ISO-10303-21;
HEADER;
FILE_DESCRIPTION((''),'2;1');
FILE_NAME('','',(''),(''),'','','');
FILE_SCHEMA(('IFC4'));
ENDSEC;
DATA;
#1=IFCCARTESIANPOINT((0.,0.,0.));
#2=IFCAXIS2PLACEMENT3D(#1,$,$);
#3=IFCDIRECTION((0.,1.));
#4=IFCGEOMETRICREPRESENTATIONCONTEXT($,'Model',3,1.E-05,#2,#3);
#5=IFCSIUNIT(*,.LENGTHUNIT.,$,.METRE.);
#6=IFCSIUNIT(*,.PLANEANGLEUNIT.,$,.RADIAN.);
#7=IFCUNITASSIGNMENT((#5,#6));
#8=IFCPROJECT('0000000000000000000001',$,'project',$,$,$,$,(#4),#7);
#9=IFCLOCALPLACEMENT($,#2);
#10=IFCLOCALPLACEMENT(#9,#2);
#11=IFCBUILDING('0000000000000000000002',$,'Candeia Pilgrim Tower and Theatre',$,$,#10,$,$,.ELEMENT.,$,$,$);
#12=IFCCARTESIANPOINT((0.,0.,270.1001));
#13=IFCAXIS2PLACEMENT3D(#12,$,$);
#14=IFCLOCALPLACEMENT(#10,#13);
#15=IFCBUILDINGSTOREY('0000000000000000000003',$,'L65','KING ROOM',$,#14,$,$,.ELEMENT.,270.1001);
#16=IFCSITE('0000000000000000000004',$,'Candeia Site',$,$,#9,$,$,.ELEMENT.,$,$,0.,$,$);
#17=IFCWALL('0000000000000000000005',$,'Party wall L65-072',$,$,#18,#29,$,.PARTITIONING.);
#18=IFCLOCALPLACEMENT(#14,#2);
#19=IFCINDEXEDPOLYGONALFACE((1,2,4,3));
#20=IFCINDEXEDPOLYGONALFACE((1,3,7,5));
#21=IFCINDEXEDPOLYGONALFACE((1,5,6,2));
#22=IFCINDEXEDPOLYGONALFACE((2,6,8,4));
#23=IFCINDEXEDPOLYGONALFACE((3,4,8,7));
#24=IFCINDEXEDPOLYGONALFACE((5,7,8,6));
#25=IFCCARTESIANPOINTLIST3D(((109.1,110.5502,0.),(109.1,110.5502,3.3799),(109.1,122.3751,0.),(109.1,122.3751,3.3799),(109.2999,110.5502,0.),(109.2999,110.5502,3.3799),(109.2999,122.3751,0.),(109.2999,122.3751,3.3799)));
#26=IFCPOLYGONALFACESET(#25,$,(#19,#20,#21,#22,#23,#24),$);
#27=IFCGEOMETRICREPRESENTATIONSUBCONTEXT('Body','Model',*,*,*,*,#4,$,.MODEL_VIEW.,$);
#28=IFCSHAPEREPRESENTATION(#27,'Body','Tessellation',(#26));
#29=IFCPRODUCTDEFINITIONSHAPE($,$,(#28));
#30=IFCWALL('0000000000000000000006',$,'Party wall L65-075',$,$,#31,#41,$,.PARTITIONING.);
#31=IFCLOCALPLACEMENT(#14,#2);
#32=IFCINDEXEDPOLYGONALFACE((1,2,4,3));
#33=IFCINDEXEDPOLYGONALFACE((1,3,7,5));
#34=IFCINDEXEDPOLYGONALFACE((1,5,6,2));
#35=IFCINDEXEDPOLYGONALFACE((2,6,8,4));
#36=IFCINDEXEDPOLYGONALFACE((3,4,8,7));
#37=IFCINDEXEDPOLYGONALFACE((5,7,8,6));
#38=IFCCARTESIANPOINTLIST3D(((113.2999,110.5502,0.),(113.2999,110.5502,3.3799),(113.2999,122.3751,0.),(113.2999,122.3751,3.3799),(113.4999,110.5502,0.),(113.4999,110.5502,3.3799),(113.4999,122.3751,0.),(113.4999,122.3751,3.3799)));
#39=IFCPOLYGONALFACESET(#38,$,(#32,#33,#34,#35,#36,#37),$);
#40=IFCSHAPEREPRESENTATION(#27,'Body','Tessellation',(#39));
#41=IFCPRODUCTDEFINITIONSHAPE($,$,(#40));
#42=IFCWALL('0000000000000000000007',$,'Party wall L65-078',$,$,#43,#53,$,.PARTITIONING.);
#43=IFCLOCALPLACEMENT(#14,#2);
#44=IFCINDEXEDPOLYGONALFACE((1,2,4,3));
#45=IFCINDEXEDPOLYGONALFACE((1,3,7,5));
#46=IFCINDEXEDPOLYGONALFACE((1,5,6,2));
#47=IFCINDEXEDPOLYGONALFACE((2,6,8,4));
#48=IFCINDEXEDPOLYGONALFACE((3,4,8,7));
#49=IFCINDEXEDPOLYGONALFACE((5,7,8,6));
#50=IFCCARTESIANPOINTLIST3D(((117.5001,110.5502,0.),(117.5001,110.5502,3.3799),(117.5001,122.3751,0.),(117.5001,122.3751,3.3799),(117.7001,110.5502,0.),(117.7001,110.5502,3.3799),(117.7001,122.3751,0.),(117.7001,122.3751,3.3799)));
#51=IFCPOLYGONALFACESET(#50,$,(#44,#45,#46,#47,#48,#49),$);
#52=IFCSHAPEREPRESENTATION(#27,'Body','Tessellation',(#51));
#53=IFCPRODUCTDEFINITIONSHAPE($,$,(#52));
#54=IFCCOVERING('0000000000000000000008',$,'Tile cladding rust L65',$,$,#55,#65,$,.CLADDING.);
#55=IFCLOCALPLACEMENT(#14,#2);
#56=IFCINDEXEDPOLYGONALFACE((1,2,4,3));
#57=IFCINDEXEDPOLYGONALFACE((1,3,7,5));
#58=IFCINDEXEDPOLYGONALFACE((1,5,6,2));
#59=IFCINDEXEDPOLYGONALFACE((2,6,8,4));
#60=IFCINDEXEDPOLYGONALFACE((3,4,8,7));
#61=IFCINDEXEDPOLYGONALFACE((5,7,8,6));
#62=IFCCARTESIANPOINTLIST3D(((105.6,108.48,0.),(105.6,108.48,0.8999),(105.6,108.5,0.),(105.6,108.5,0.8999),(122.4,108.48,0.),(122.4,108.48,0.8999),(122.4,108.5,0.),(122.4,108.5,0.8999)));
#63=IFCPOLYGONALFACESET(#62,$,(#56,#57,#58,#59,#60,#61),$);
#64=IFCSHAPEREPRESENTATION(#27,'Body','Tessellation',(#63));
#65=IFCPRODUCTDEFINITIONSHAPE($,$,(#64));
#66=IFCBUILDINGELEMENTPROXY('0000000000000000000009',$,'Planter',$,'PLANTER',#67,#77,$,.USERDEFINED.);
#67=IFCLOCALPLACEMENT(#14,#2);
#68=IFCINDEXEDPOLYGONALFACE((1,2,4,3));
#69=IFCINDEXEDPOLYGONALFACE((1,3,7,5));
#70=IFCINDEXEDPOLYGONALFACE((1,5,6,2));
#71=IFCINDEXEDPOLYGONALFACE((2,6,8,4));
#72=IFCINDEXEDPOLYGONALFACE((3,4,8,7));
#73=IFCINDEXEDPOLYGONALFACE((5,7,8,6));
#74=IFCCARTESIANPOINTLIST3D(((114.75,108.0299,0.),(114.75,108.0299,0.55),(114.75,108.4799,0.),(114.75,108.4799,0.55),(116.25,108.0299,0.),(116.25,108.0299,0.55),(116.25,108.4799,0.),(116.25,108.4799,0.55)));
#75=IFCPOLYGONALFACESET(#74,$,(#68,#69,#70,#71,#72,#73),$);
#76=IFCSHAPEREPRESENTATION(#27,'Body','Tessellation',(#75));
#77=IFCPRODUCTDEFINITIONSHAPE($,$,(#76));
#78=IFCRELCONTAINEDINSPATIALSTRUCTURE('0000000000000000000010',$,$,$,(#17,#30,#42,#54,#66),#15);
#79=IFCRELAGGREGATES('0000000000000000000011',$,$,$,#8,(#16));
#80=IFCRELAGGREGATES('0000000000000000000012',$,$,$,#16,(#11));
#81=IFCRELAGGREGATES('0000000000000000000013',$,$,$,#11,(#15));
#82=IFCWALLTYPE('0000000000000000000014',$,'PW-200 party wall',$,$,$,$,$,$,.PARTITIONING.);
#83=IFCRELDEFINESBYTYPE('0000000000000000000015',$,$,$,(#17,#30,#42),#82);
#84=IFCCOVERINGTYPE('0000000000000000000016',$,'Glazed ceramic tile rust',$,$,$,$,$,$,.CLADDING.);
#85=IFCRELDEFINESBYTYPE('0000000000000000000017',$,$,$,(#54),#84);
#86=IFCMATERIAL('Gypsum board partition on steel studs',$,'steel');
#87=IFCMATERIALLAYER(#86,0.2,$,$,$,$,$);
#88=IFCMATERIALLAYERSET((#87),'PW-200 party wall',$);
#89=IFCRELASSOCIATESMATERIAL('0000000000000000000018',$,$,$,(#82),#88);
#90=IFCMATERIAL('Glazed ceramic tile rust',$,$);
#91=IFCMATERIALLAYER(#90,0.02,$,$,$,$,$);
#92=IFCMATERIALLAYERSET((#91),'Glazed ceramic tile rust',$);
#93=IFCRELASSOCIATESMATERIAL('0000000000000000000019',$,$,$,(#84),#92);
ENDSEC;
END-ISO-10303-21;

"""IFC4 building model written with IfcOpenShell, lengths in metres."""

from ifc_helpers import new_model, si_unit, direction, frame, frame_2d, origin, origin_2d, place, context, subcontext, project, spatial, rectangle, extrude, material, layer, layer_set, type_object, element, save


model = new_model("IFC4")

# Units and contexts
model_context = context("Model", 3, precision=1e-05, world=origin(), true_north=direction((0.0, 1.0)))
body_context = subcontext(model_context, "Body", "Model", "MODEL_VIEW")
ifc_project = project(units=[si_unit("LENGTHUNIT", "METRE"), si_unit("PLANEANGLEUNIT", "RADIAN")], contexts=[model_context])

# Site, building, storey
site_placement = place(None, origin())
site = spatial("IfcSite", under=ifc_project, at=site_placement, Name="Candeia Site", CompositionType="ELEMENT", RefElevation=0.0)
building_placement = place(site_placement, origin())
building = spatial("IfcBuilding", under=site, at=building_placement, Name="Candeia Pilgrim Tower and Theatre", CompositionType="ELEMENT")
storey_placement = place(building_placement, frame((0.0, 0.0, 270.1001)))
storey = spatial("IfcBuildingStorey", under=building, at=storey_placement, Name="L65", Description="KING ROOM", CompositionType="ELEMENT", Elevation=270.1001)

# Shared definitions
ifc_material_1 = material(Name="Gypsum board partition on steel studs", Category="steel")

# Walls
ifc_layer_1 = layer(ifc_material_1, 0.2)
ifc_layer_set_1 = layer_set([ifc_layer_1], Name="PW-200 party wall")
wall_type_1 = type_object("IfcWallType", Name="PW-200 party wall", PredefinedType="PARTITIONING", material=ifc_layer_set_1)
for number, where, z_axis, x_axis, name in (
    (1, (109.2, 110.55, 0.0), (0.0, 0.0, 1.0), (0.0, 1.0, 0.0), "Party wall L65-072"),
    (2, (113.3999, 110.55, 0.0), (0.0, 0.0, 1.0), (0.0, 1.0, 0.0), "Party wall L65-075"),
    (3, (117.6001, 110.55, 0.0), (0.0, 0.0, 1.0), (0.0, 1.0, 0.0), "Party wall L65-078"),
):
    element("IfcWall", number, at=place(storey_placement, frame(where, z_axis=z_axis, x_axis=x_axis)), inside=storey, type_object=wall_type_1, Name=name, PredefinedType="PARTITIONING", context=body_context, shape_type="SweptSolid", body=[
        extrude(rectangle(XDim=11.825, YDim=0.2, at=frame_2d((5.9126, 0.0))), origin(), (0.0, 0.0, 1.0), 3.3799),
    ])

# Covering
ifc_material_2 = material(Name="Glazed ceramic tile rust")
ifc_layer_2 = layer(ifc_material_2, 0.02)
ifc_layer_set_2 = layer_set([ifc_layer_2], Name="Glazed ceramic tile rust")
covering_type = type_object("IfcCoveringType", Name="Glazed ceramic tile rust", PredefinedType="CLADDING", material=ifc_layer_set_2)
covering_placement = place(storey_placement, frame((114.0, 108.49, 0.0), z_axis=(0.0, 0.0, 1.0), x_axis=(1.0, 0.0, 0.0)))
element("IfcCovering", 4, at=covering_placement, inside=storey, type_object=covering_type, Name="Tile cladding rust L65", PredefinedType="CLADDING", context=body_context, shape_type="SweptSolid", body=[
    extrude(rectangle(XDim=16.8, YDim=0.02, at=origin_2d()), origin(), (0.0, 0.0, 1.0), 0.8999),
])

# Building element proxy
proxy_placement = place(storey_placement, frame((115.5, 108.2549, 0.0), z_axis=(0.0, 0.0, 1.0), x_axis=(1.0, 0.0, 0.0)))
element("IfcBuildingElementProxy", 5, at=proxy_placement, inside=storey, Name="Planter", ObjectType="PLANTER", PredefinedType="USERDEFINED", context=body_context, shape_type="SweptSolid", body=[
    extrude(rectangle(XDim=1.5, YDim=0.45, at=origin_2d()), origin(), (0.0, 0.0, 1.0), 0.55),
])

save(model, "model.ifc")
